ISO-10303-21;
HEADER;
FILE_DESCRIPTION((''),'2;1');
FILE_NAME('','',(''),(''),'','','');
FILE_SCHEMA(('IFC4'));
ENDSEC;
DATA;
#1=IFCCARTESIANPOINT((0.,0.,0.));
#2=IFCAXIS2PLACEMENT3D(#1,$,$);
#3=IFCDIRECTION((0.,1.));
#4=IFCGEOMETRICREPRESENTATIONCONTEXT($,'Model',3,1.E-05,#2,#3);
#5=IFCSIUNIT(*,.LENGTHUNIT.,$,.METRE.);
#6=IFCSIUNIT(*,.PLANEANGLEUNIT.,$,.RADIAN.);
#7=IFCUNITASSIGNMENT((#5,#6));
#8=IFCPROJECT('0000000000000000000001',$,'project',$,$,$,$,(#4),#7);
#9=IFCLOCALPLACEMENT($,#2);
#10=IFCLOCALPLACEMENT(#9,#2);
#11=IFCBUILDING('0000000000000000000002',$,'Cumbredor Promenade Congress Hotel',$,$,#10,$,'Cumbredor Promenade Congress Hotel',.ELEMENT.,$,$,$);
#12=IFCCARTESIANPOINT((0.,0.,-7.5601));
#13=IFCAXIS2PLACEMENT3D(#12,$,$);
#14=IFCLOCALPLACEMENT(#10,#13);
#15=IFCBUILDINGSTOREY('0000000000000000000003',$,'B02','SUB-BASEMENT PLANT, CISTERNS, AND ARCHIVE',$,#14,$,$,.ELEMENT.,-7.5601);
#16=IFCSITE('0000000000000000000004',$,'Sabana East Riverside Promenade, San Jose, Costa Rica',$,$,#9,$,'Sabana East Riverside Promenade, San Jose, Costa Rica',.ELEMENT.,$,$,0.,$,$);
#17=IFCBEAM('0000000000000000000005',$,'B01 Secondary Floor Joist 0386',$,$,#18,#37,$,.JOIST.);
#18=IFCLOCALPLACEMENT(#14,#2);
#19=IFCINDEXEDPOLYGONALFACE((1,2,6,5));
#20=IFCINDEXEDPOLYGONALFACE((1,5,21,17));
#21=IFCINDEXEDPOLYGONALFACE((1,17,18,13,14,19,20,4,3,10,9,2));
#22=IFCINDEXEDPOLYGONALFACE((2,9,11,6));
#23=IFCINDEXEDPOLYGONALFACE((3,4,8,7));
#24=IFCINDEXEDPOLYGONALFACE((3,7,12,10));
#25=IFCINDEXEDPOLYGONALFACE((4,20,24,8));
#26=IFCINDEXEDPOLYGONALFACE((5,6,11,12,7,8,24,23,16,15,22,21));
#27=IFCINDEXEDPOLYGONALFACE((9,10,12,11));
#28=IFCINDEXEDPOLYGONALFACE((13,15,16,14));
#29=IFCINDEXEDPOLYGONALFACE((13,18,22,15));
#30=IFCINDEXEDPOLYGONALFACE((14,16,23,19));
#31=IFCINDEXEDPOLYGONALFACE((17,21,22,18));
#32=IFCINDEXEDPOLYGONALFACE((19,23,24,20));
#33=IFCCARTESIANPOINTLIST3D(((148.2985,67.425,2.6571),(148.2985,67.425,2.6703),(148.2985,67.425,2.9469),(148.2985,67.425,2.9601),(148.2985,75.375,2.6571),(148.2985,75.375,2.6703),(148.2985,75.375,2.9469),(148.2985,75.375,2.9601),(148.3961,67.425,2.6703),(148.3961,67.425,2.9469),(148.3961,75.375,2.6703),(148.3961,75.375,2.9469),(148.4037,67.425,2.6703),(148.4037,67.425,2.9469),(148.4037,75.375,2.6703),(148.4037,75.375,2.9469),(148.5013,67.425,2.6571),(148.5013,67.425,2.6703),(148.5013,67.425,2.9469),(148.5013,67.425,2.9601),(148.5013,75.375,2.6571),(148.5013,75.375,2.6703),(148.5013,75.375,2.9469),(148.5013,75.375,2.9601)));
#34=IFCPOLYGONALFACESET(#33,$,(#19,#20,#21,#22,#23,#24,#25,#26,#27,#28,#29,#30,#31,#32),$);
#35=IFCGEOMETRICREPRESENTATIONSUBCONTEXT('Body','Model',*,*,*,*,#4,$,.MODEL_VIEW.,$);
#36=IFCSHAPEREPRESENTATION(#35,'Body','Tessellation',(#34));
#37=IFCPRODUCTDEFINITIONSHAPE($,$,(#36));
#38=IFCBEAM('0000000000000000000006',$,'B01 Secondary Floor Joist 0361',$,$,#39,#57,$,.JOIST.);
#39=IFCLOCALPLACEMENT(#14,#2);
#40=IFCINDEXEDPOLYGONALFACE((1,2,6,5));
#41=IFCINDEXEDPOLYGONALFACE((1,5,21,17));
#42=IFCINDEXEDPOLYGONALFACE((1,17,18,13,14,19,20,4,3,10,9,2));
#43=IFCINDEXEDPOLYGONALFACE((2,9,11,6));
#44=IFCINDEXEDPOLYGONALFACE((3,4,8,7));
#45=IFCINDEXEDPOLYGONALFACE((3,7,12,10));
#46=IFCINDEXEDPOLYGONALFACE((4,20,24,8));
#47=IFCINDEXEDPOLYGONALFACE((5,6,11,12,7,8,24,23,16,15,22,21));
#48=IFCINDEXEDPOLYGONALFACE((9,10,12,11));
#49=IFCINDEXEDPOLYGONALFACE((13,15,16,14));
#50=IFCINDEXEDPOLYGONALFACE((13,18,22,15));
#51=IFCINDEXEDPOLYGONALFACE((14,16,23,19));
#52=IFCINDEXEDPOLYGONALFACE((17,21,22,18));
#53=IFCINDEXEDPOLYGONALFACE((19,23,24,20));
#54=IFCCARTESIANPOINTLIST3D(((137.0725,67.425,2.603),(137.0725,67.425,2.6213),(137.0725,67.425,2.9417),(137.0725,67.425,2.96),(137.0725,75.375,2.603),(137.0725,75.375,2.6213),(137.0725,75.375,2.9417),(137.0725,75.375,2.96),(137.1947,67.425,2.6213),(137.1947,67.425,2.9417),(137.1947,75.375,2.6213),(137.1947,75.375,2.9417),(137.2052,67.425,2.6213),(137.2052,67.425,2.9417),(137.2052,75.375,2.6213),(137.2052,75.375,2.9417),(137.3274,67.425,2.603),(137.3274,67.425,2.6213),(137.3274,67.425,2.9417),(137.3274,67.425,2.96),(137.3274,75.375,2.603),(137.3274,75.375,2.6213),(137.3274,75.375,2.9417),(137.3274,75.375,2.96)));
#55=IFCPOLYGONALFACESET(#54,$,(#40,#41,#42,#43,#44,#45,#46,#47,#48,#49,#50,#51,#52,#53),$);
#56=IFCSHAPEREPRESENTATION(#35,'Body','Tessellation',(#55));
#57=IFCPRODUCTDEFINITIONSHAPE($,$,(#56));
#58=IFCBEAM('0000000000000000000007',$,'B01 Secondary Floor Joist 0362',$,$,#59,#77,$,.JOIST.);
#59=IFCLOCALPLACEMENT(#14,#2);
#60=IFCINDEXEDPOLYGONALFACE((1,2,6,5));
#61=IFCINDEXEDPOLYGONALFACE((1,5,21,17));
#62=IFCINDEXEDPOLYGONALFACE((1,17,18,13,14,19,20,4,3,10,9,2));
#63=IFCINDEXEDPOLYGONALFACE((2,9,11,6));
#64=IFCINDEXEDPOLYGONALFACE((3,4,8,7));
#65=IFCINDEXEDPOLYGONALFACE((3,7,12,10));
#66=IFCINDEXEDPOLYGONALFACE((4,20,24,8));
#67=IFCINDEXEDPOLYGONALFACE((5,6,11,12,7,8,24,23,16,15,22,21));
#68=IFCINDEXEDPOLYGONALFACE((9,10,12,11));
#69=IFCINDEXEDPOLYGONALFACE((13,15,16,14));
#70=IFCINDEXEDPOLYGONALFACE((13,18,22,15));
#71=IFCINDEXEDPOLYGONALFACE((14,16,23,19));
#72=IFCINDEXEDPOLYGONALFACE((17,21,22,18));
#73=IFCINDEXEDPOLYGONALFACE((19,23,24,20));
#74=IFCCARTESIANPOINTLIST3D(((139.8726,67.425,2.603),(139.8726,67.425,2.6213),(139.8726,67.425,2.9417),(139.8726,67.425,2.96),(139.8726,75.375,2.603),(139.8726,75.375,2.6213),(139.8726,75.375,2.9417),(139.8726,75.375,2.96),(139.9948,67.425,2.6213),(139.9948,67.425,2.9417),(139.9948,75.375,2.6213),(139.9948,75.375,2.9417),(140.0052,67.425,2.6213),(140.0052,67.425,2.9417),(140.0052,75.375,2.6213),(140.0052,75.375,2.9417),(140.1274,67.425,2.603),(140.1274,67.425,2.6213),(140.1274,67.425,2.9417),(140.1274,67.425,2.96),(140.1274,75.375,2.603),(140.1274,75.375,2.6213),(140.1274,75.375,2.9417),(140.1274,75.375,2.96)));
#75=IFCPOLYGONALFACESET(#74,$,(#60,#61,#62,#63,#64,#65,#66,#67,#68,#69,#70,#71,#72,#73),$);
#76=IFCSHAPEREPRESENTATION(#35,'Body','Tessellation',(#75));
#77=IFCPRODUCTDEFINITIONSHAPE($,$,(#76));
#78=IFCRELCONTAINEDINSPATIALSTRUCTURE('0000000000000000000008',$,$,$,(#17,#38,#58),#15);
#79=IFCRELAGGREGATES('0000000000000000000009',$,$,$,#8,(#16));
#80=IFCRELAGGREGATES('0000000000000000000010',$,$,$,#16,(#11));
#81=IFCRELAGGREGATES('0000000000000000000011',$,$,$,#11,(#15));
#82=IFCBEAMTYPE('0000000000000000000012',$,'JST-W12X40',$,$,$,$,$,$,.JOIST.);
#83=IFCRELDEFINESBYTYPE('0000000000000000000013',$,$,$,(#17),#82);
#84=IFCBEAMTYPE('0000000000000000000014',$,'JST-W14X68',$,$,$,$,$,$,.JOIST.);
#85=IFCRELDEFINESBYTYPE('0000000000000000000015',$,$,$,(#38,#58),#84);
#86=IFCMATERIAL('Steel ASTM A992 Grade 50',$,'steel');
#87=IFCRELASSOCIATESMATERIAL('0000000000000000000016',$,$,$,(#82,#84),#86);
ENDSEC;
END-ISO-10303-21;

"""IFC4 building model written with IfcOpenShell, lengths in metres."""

from ifc_helpers import new_model, si_unit, direction, frame, origin, origin_2d, place, context, subcontext, project, spatial, i_section, extrude, material, material_profile, profile_set, type_object, element, save


model = new_model("IFC4")

# Units and contexts
model_context = context("Model", 3, precision=1e-05, world=origin(), true_north=direction((0.0, 1.0)))
body_context = subcontext(model_context, "Body", "Model", "MODEL_VIEW")
ifc_project = project(units=[si_unit("LENGTHUNIT", "METRE"), si_unit("PLANEANGLEUNIT", "RADIAN")], contexts=[model_context])

# Site, building, storey
site_placement = place(None, origin())
site = spatial("IfcSite", under=ifc_project, at=site_placement, Name="Sabana East Riverside Promenade, San Jose, Costa Rica", LongName="Sabana East Riverside Promenade, San Jose, Costa Rica", CompositionType="ELEMENT", RefElevation=0.0)
building_placement = place(site_placement, origin())
building = spatial("IfcBuilding", under=site, at=building_placement, Name="Cumbredor Promenade Congress Hotel", LongName="Cumbredor Promenade Congress Hotel", CompositionType="ELEMENT")
storey_placement = place(building_placement, frame((0.0, 0.0, -7.5601)))
storey = spatial("IfcBuildingStorey", under=building, at=storey_placement, Name="B02", Description="SUB-BASEMENT PLANT, CISTERNS, AND ARCHIVE", CompositionType="ELEMENT", Elevation=-7.5601)

# Beams
ifc_material_1 = material(Name="Steel ASTM A992 Grade 50", Category="steel")
ifc_material_profile_1 = material_profile(ifc_material_1, i_section(OverallWidth=0.2029, OverallDepth=0.303, WebThickness=0.0076, FlangeThickness=0.0132, at=origin_2d()), Name="W12X40")
ifc_profile_set_1 = profile_set([ifc_material_profile_1], Name="Steel ASTM A992 Grade 50")
beam_type_1 = type_object("IfcBeamType", Name="JST-W12X40", PredefinedType="JOIST", material=ifc_profile_set_1)
for number, where, z_axis, x_axis, name in (
    (1, (148.3999, 67.425, 2.8086), (0.0, 1.0, 0.0), (-1.0, 0.0, 0.0), "B01 Secondary Floor Joist 0386"),
):
    element("IfcBeam", number, at=place(storey_placement, frame(where, z_axis=z_axis, x_axis=x_axis)), inside=storey, type_object=beam_type_1, Name=name, PredefinedType="JOIST", context=body_context, shape_type="SweptSolid", body=[
        extrude(i_section(OverallWidth=0.2029, OverallDepth=0.303, WebThickness=0.0076, FlangeThickness=0.0132, at=origin_2d()), origin(), (0.0, 0.0, 1.0), 7.95),
    ])
ifc_material_profile_2 = material_profile(ifc_material_1, i_section(OverallWidth=0.2549, OverallDepth=0.3569, WebThickness=0.0105, FlangeThickness=0.0183, at=origin_2d()), Name="W14X68")
ifc_profile_set_2 = profile_set([ifc_material_profile_2], Name="Steel ASTM A992 Grade 50")
beam_type_2 = type_object("IfcBeamType", Name="JST-W14X68", PredefinedType="JOIST", material=ifc_profile_set_2)
for number, where, z_axis, x_axis, name in (
    (2, (137.2, 67.425, 2.7815), (0.0, 1.0, 0.0), (-1.0, 0.0, 0.0), "B01 Secondary Floor Joist 0361"),
    (3, (140.0, 67.425, 2.7815), (0.0, 1.0, 0.0), (-1.0, 0.0, 0.0), "B01 Secondary Floor Joist 0362"),
):
    element("IfcBeam", number, at=place(storey_placement, frame(where, z_axis=z_axis, x_axis=x_axis)), inside=storey, type_object=beam_type_2, Name=name, PredefinedType="JOIST", context=body_context, shape_type="SweptSolid", body=[
        extrude(i_section(OverallWidth=0.2549, OverallDepth=0.3569, WebThickness=0.0105, FlangeThickness=0.0183, at=origin_2d()), origin(), (0.0, 0.0, 1.0), 7.95),
    ])

save(model, "model.ifc")
